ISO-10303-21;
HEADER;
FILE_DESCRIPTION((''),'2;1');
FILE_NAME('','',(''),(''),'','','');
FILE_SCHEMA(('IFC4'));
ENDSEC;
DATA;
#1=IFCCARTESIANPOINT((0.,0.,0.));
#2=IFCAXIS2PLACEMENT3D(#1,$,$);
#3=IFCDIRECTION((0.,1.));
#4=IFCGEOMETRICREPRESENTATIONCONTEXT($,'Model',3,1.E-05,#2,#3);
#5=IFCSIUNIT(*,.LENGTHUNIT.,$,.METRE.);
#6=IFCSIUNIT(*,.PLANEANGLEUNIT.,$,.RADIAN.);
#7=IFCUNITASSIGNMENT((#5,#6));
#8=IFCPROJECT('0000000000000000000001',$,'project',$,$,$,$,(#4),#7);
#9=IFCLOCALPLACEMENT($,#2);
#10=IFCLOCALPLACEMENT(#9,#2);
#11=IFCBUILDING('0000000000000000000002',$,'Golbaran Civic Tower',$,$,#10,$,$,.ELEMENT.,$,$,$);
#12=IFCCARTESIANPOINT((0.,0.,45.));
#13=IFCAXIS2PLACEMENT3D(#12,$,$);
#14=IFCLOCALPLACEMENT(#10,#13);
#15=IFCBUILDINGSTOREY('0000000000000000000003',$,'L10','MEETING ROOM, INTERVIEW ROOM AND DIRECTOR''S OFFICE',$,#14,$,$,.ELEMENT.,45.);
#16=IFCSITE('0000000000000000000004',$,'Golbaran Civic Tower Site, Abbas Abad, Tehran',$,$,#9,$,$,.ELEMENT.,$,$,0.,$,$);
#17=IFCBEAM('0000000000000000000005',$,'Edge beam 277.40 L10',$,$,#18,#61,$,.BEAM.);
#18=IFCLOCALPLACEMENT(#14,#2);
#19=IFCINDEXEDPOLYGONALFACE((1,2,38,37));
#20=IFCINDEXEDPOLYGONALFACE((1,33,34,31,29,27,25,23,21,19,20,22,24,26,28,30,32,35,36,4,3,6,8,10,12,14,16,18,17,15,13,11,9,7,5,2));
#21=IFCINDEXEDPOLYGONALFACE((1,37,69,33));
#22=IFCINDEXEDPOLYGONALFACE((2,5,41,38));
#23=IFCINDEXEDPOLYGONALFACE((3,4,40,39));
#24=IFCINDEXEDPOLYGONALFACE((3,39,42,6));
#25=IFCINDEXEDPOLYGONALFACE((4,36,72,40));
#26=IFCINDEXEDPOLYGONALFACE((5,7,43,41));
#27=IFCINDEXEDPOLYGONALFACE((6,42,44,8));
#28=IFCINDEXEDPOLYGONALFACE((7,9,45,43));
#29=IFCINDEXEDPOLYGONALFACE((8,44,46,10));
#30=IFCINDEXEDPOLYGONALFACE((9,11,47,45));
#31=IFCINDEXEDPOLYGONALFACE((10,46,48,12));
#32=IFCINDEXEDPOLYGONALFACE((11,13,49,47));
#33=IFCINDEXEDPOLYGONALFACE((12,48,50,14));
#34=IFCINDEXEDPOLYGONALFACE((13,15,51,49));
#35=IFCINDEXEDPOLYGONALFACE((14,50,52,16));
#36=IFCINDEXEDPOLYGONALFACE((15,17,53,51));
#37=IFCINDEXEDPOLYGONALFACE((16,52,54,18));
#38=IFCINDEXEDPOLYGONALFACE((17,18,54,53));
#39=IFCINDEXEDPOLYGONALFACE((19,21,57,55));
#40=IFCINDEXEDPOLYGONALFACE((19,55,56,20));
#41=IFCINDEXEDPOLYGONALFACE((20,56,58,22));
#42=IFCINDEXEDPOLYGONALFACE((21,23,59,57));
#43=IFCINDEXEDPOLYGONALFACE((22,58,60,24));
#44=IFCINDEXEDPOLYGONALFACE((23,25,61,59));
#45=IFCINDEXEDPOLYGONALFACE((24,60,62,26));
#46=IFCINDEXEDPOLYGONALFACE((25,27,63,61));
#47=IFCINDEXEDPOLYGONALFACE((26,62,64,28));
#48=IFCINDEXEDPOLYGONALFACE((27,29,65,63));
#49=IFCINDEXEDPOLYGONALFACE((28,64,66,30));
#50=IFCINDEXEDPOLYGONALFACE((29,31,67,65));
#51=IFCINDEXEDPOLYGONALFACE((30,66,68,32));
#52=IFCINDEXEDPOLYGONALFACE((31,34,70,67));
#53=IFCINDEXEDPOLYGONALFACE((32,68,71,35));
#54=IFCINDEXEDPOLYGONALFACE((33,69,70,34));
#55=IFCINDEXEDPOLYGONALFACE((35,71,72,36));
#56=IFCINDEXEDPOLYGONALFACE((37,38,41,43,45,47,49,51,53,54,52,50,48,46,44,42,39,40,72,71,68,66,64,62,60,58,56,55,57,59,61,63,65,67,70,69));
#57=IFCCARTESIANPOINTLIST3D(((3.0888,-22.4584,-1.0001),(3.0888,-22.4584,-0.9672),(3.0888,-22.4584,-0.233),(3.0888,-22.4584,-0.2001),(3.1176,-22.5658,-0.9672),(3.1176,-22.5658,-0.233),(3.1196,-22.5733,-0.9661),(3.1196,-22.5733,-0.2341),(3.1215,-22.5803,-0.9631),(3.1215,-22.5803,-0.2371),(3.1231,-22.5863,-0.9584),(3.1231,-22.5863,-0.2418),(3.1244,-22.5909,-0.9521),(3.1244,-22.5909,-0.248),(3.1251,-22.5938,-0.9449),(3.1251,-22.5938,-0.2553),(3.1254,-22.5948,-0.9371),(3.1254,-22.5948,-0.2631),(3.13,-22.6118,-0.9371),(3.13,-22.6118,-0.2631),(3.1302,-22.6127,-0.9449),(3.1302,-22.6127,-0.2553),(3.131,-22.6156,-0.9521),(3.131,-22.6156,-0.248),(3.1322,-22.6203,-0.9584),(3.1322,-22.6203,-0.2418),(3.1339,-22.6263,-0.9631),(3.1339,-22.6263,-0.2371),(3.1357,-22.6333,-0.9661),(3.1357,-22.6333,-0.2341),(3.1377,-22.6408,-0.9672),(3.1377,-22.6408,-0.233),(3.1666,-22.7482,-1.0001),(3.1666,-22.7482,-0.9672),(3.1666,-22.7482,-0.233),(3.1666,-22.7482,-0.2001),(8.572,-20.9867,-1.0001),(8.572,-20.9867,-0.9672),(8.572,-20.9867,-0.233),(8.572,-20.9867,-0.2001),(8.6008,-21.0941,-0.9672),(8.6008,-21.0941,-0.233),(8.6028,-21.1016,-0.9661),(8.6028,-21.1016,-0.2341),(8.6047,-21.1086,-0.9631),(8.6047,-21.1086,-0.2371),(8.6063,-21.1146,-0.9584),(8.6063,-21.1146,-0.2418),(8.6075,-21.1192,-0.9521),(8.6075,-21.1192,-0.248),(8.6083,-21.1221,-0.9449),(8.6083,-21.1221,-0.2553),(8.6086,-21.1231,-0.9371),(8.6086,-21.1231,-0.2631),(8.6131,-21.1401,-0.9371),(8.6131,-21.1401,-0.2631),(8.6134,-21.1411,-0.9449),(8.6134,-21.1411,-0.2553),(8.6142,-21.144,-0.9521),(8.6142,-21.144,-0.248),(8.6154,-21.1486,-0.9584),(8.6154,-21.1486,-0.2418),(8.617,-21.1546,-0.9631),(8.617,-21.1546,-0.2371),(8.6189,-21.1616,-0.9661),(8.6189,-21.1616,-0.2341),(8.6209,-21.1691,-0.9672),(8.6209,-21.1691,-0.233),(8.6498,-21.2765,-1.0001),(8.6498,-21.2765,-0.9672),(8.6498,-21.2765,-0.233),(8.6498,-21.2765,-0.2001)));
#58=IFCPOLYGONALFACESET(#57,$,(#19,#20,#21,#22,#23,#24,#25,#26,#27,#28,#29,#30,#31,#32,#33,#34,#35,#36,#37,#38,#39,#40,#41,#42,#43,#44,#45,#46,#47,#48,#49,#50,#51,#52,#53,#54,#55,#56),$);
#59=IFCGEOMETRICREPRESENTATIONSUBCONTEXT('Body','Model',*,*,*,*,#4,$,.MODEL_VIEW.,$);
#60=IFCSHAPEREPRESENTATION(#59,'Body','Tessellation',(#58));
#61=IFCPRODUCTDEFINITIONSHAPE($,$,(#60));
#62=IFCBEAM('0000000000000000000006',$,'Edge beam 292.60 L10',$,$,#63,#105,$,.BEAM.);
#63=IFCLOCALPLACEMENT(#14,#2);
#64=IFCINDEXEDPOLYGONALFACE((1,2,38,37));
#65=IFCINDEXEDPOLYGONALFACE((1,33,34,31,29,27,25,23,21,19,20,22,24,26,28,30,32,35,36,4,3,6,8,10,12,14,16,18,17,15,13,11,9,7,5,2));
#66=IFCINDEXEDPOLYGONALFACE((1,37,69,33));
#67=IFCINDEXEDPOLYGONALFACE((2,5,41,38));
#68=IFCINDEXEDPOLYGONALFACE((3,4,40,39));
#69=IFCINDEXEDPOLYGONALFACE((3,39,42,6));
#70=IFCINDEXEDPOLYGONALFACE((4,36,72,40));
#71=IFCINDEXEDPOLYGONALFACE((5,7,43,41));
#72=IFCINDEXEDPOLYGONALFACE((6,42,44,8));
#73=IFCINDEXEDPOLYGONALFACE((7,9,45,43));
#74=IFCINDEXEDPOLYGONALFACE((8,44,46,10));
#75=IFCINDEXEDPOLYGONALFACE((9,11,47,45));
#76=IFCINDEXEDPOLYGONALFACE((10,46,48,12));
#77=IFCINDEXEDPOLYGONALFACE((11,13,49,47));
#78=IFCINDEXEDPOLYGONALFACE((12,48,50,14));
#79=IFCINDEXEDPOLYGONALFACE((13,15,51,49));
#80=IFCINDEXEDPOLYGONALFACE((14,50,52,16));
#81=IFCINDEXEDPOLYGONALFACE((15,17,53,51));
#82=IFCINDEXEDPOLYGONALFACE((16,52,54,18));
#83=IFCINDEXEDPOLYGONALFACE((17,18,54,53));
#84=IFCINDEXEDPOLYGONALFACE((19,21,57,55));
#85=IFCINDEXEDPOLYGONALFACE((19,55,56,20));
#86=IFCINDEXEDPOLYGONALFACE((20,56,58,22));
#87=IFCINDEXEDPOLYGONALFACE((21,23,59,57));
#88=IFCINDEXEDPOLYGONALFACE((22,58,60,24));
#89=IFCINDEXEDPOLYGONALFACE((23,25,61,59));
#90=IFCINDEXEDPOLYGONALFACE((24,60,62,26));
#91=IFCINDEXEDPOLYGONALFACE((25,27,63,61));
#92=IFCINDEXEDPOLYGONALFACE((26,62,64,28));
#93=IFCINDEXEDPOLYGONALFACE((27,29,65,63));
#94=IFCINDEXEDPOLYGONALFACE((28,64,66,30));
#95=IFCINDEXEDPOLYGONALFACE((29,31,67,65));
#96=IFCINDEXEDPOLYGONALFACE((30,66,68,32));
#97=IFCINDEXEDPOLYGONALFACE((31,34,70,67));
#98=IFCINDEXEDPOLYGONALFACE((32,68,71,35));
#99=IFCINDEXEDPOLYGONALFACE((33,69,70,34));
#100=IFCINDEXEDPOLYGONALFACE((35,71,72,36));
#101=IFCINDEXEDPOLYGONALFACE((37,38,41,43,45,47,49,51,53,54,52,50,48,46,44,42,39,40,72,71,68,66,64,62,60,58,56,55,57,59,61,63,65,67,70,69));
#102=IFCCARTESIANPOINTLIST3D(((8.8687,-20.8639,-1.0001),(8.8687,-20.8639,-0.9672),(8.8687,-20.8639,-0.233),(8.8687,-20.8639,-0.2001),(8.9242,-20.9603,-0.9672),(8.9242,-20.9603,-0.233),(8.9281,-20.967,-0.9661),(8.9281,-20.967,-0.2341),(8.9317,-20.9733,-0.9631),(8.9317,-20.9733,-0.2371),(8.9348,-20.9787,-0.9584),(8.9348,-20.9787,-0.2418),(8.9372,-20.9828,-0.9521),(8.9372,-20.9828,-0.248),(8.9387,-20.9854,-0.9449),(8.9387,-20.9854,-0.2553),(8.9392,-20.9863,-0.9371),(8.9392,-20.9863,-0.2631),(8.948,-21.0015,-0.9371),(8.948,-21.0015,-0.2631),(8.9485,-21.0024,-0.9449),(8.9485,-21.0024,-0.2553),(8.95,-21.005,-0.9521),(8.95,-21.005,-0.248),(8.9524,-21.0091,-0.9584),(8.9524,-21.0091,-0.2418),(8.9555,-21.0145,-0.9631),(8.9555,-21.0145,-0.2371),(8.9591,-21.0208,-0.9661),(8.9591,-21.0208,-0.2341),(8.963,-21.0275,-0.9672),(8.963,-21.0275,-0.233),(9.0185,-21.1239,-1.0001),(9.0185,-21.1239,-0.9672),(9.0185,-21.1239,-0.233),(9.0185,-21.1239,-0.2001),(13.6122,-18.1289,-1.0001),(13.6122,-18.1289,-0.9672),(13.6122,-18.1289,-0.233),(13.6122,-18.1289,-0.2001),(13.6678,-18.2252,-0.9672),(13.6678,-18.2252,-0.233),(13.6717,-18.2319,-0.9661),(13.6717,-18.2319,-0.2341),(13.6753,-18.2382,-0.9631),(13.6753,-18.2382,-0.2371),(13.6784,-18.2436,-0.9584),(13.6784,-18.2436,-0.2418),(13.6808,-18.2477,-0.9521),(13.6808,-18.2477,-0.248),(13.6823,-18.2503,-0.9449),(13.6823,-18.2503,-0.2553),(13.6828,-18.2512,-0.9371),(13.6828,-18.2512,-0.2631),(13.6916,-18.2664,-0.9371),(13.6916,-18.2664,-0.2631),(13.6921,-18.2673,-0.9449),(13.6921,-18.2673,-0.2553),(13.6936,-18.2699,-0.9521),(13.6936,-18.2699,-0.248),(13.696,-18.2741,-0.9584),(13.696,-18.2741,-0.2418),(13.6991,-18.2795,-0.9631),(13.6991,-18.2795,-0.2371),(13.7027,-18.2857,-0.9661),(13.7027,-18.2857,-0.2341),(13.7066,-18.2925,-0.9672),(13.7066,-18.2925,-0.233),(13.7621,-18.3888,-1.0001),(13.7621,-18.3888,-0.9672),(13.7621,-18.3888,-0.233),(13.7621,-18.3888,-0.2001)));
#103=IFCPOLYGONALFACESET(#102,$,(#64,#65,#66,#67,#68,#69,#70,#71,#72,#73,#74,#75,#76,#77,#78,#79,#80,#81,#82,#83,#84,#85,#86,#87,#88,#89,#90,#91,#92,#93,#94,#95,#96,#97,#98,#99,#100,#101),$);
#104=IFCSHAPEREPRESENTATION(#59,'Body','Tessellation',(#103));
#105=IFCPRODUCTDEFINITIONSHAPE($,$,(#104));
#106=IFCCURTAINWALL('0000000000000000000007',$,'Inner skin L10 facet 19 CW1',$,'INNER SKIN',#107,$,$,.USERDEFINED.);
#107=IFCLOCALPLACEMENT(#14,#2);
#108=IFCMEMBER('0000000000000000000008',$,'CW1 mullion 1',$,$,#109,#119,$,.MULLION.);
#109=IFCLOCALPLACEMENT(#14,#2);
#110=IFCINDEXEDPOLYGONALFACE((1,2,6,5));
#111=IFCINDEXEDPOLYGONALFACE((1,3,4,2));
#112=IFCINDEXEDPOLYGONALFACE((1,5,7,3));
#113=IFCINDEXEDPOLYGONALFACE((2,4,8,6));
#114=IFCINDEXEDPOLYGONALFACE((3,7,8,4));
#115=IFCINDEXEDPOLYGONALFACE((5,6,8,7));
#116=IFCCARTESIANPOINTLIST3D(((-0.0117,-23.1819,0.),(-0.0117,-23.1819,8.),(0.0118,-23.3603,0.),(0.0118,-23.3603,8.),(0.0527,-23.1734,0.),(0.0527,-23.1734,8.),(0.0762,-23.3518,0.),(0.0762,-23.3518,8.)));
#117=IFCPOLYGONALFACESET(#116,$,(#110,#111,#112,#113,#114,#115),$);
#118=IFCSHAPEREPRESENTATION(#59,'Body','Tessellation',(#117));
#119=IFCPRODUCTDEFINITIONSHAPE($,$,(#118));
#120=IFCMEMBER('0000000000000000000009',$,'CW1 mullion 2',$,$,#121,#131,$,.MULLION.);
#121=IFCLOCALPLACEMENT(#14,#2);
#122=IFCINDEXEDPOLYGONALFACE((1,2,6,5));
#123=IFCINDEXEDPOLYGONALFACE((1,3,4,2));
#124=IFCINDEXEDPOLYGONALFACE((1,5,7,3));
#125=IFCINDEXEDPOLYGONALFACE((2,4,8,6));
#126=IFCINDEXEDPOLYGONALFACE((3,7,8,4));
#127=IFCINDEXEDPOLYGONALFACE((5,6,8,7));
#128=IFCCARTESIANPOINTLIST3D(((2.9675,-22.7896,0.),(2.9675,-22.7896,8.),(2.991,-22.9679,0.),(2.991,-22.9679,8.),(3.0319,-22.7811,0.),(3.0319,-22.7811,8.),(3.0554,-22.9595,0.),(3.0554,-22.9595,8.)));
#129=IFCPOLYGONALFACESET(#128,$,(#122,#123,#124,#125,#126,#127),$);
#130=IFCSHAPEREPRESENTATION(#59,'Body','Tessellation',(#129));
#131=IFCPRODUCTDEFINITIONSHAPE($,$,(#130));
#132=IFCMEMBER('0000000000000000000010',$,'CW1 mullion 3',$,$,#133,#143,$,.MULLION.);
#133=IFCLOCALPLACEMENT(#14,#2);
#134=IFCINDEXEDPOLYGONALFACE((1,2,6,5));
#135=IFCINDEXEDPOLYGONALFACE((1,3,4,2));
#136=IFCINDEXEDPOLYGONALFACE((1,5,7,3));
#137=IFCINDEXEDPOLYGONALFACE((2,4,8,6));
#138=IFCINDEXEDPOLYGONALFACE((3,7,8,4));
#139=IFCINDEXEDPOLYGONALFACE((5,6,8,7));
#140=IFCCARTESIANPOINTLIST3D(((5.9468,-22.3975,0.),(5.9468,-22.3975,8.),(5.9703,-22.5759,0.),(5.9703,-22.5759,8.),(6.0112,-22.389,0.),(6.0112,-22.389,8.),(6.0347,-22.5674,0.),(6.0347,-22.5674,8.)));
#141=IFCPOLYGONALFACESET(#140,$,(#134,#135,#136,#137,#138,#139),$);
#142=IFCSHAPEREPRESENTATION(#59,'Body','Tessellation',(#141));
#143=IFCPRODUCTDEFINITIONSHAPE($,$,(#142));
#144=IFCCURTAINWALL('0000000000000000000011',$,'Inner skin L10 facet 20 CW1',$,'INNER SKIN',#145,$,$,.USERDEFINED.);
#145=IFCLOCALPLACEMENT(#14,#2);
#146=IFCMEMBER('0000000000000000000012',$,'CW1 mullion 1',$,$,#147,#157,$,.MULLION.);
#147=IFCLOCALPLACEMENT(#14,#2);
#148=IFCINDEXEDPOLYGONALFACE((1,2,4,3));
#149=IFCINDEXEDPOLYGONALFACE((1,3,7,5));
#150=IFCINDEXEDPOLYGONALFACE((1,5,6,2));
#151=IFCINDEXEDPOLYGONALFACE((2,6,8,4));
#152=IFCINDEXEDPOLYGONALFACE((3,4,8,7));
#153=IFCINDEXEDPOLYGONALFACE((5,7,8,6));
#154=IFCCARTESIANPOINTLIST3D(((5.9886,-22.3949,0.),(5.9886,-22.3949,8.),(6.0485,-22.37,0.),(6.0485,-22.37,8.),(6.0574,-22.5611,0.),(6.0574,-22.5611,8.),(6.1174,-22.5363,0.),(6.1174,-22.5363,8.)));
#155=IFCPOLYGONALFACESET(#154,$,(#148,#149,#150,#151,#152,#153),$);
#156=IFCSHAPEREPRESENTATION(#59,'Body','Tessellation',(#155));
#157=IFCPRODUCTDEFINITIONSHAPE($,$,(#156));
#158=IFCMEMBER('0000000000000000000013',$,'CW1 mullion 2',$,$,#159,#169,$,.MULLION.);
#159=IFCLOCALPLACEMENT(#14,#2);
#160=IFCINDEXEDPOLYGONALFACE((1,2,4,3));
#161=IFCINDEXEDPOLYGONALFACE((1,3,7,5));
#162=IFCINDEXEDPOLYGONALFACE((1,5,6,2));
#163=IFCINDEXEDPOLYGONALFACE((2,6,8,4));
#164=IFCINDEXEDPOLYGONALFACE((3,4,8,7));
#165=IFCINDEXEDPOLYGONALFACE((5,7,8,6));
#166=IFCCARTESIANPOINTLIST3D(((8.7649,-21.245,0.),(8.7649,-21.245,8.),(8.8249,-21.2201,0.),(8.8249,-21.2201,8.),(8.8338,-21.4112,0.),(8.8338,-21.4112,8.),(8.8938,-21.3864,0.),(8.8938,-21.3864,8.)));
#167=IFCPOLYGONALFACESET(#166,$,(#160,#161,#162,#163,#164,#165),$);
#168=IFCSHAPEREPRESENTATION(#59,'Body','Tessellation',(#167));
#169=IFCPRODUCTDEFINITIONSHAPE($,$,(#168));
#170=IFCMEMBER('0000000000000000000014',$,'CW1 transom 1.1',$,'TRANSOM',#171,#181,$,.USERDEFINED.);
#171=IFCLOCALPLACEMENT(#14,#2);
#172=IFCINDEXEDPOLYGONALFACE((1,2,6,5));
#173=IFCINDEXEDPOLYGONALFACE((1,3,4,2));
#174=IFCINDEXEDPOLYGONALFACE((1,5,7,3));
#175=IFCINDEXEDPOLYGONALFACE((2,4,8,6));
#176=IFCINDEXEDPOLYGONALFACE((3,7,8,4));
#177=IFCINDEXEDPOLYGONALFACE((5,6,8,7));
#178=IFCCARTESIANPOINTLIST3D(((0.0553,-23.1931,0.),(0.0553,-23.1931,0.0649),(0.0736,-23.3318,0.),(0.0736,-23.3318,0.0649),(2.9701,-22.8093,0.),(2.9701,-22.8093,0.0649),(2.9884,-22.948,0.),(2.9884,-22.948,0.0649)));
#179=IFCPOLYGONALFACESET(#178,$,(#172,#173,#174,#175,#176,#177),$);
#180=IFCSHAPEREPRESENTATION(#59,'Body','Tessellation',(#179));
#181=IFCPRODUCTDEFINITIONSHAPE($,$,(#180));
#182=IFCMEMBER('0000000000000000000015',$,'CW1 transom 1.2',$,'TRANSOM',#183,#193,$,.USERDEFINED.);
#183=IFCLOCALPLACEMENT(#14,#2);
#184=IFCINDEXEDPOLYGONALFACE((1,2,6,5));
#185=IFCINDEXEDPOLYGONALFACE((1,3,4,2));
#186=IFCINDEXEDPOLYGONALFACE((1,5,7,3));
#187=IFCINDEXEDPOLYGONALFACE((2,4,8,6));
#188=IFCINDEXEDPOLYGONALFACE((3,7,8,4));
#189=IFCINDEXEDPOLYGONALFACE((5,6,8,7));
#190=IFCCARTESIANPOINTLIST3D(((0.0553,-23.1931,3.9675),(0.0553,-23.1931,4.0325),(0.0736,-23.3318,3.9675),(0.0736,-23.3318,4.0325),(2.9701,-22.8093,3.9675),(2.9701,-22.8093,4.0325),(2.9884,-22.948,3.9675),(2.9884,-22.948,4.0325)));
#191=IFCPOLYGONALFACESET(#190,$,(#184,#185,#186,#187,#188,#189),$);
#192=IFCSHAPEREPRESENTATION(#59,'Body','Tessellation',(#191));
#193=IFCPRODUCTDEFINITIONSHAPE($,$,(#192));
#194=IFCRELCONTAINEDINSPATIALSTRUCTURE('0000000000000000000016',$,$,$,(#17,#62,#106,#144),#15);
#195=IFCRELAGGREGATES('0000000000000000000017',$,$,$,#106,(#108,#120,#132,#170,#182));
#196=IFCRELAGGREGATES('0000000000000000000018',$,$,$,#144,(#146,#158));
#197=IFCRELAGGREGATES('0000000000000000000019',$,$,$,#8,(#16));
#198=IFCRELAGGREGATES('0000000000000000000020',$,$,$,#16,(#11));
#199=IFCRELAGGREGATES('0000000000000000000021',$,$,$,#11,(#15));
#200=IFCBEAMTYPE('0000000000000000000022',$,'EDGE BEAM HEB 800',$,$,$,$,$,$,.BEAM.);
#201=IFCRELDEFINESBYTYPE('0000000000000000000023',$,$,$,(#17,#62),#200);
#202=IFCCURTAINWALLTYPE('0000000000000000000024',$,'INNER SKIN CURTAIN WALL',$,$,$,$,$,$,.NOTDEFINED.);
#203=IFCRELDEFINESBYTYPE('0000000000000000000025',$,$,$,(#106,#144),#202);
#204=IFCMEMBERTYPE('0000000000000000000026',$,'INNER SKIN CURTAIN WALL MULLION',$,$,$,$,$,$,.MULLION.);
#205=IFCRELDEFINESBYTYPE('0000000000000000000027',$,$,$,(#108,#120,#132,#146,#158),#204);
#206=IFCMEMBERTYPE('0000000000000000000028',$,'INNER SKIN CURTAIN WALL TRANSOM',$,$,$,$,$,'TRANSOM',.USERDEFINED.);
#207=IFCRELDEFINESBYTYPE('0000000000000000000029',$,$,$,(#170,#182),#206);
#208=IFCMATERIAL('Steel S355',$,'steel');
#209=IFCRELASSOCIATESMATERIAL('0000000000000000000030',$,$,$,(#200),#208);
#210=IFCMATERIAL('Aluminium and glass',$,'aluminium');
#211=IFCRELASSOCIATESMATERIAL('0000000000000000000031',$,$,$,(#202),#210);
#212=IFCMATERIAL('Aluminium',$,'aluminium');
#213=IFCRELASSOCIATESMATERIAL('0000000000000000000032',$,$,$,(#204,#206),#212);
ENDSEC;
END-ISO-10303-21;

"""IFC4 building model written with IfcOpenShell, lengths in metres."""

from ifc_helpers import new_model, si_unit, direction, frame, origin, origin_2d, place, context, subcontext, project, spatial, rectangle, i_section, extrude, material, material_profile, profile_set, type_object, element, aggregate, save


model = new_model("IFC4")

# Units and contexts
model_context = context("Model", 3, precision=1e-05, world=origin(), true_north=direction((0.0, 1.0)))
body_context = subcontext(model_context, "Body", "Model", "MODEL_VIEW")
ifc_project = project(units=[si_unit("LENGTHUNIT", "METRE"), si_unit("PLANEANGLEUNIT", "RADIAN")], contexts=[model_context])

# Site, building, storey
site_placement = place(None, origin())
site = spatial("IfcSite", under=ifc_project, at=site_placement, Name="Golbaran Civic Tower Site, Abbas Abad, Tehran", CompositionType="ELEMENT", RefElevation=0.0)
building_placement = place(site_placement, origin())
building = spatial("IfcBuilding", under=site, at=building_placement, Name="Golbaran Civic Tower", CompositionType="ELEMENT")
storey_placement = place(building_placement, frame((0.0, 0.0, 45.0)))
storey = spatial("IfcBuildingStorey", under=building, at=storey_placement, Name="L10", Description="MEETING ROOM, INTERVIEW ROOM AND DIRECTOR'S OFFICE", CompositionType="ELEMENT", Elevation=45.0)

# Beams
ifc_material_1 = material(Name="Steel S355", Category="steel")
ifc_material_profile_1 = material_profile(ifc_material_1, i_section(OverallWidth=0.3, OverallDepth=0.8, WebThickness=0.0176, FlangeThickness=0.033, FilletRadius=0.03, at=origin_2d()), Name="HEB 800")
ifc_profile_set_1 = profile_set([ifc_material_profile_1], Name="Steel S355")
beam_type = type_object("IfcBeamType", Name="EDGE BEAM HEB 800", PredefinedType="BEAM", material=ifc_profile_set_1)
beam_1_placement = place(storey_placement, frame((3.1277, -22.6033, -0.6001), z_axis=(0.965817, 0.259225, 0.0), x_axis=(-0.259225, 0.965817, 0.0)))
element("IfcBeam", 1, at=beam_1_placement, inside=storey, type_object=beam_type, Name="Edge beam 277.40 L10", PredefinedType="BEAM", context=body_context, shape_type="SweptSolid", body=[
    extrude(i_section(OverallWidth=0.3, OverallDepth=0.8, WebThickness=0.0176, FlangeThickness=0.033, FilletRadius=0.03, at=origin_2d()), origin(), (0.0, 0.0, 1.0), 5.6772),
])
beam_2_placement = place(storey_placement, frame((8.9436, -20.9939, -0.6001), z_axis=(0.866313, 0.499501, 0.0), x_axis=(-0.499501, 0.866313, 0.0)))
element("IfcBeam", 2, at=beam_2_placement, inside=storey, type_object=beam_type, Name="Edge beam 292.60 L10", PredefinedType="BEAM", context=body_context, shape_type="SweptSolid", body=[
    extrude(i_section(OverallWidth=0.3, OverallDepth=0.8, WebThickness=0.0176, FlangeThickness=0.033, FilletRadius=0.03, at=origin_2d()), origin(), (0.0, 0.0, 1.0), 5.4756),
])

# Curtain walls, members
ifc_material_2 = material(Name="Aluminium and glass", Category="aluminium")
curtain_wall_type = type_object("IfcCurtainWallType", Name="INNER SKIN CURTAIN WALL", PredefinedType="NOTDEFINED", material=ifc_material_2)
curtain_wall_1_placement = place(storey_placement, origin())
curtain_wall_1 = element("IfcCurtainWall", 3, at=curtain_wall_1_placement, inside=storey, type_object=curtain_wall_type, Name="Inner skin L10 facet 19 CW1", ObjectType="INNER SKIN", PredefinedType="USERDEFINED")
ifc_material_3 = material(Name="Aluminium", Category="aluminium")
ifc_material_profile_2 = material_profile(ifc_material_3, rectangle(XDim=0.1799, YDim=0.0649, at=origin_2d()), Name="INNER SKIN CURTAIN WALL MULLION")
ifc_profile_set_2 = profile_set([ifc_material_profile_2], Name="Aluminium")
member_type_1 = type_object("IfcMemberType", Name="INNER SKIN CURTAIN WALL MULLION", PredefinedType="MULLION", material=ifc_profile_set_2)
member_1_placement = place(storey_placement, frame((0.0322, -23.2668, 0.0), z_axis=(0.0, 0.0, 1.0), x_axis=(-0.130526, 0.991445, 0.0)))
member_1 = element("IfcMember", 4, at=member_1_placement, type_object=member_type_1, Name="CW1 mullion 1", PredefinedType="MULLION", context=body_context, shape_type="SweptSolid", body=[
    extrude(rectangle(XDim=0.1799, YDim=0.0649, at=origin_2d()), origin(), (0.0, 0.0, 1.0), 8.0),
])
member_2_placement = place(storey_placement, frame((3.0115, -22.8745, 0.0), z_axis=(0.0, 0.0, 1.0), x_axis=(-0.130526, 0.991445, 0.0)))
member_2 = element("IfcMember", 5, at=member_2_placement, type_object=member_type_1, Name="CW1 mullion 2", PredefinedType="MULLION", context=body_context, shape_type="SweptSolid", body=[
    extrude(rectangle(XDim=0.1799, YDim=0.0649, at=origin_2d()), origin(), (0.0, 0.0, 1.0), 8.0),
])
member_3_placement = place(storey_placement, frame((5.9907, -22.4824, 0.0), z_axis=(0.0, 0.0, 1.0), x_axis=(-0.130526, 0.991445, 0.0)))
member_3 = element("IfcMember", 6, at=member_3_placement, type_object=member_type_1, Name="CW1 mullion 3", PredefinedType="MULLION", context=body_context, shape_type="SweptSolid", body=[
    extrude(rectangle(XDim=0.1799, YDim=0.0649, at=origin_2d()), origin(), (0.0, 0.0, 1.0), 8.0),
])
curtain_wall_2_placement = place(storey_placement, origin())
curtain_wall_2 = element("IfcCurtainWall", 7, at=curtain_wall_2_placement, inside=storey, type_object=curtain_wall_type, Name="Inner skin L10 facet 20 CW1", ObjectType="INNER SKIN", PredefinedType="USERDEFINED")
member_4_placement = place(storey_placement, frame((6.053, -22.4656, 0.0), z_axis=(0.0, 0.0, 1.0), x_axis=(-0.382683, 0.92388, 0.0)))
member_4 = element("IfcMember", 8, at=member_4_placement, type_object=member_type_1, Name="CW1 mullion 1", PredefinedType="MULLION", context=body_context, shape_type="SweptSolid", body=[
    extrude(rectangle(XDim=0.1799, YDim=0.0649, at=origin_2d()), origin(), (0.0, 0.0, 1.0), 8.0),
])
member_5_placement = place(storey_placement, frame((8.8293, -21.3157, 0.0), z_axis=(0.0, 0.0, 1.0), x_axis=(-0.382683, 0.92388, 0.0)))
member_5 = element("IfcMember", 9, at=member_5_placement, type_object=member_type_1, Name="CW1 mullion 2", PredefinedType="MULLION", context=body_context, shape_type="SweptSolid", body=[
    extrude(rectangle(XDim=0.1799, YDim=0.0649, at=origin_2d()), origin(), (0.0, 0.0, 1.0), 8.0),
])

# Members
ifc_material_profile_3 = material_profile(ifc_material_3, rectangle(XDim=0.1399, YDim=0.0649, at=origin_2d()), Name="INNER SKIN CURTAIN WALL TRANSOM")
ifc_profile_set_3 = profile_set([ifc_material_profile_3], Name="Aluminium")
member_type_2 = type_object("IfcMemberType", Name="INNER SKIN CURTAIN WALL TRANSOM", ElementType="TRANSOM", PredefinedType="USERDEFINED", material=ifc_profile_set_3)
member_6_placement = place(storey_placement, frame((0.0645, -23.2625, 0.0325), z_axis=(0.991443, 0.130543, 0.0), x_axis=(-0.130543, 0.991443, 0.0)))
member_6 = element("IfcMember", 10, at=member_6_placement, type_object=member_type_2, Name="CW1 transom 1.1", ObjectType="TRANSOM", PredefinedType="USERDEFINED", context=body_context, shape_type="SweptSolid", body=[
    extrude(rectangle(XDim=0.1399, YDim=0.0649, at=origin_2d()), origin(), (0.0, 0.0, 1.0), 2.9399),
])
member_7_placement = place(storey_placement, frame((0.0645, -23.2625, 4.0), z_axis=(0.991443, 0.130543, 0.0), x_axis=(-0.130543, 0.991443, 0.0)))
member_7 = element("IfcMember", 11, at=member_7_placement, type_object=member_type_2, Name="CW1 transom 1.2", ObjectType="TRANSOM", PredefinedType="USERDEFINED", context=body_context, shape_type="SweptSolid", body=[
    extrude(rectangle(XDim=0.1399, YDim=0.0649, at=origin_2d()), origin(), (0.0, 0.0, 1.0), 2.9399),
])

aggregate(curtain_wall_1, [member_1, member_2, member_3, member_6, member_7])
aggregate(curtain_wall_2, [member_4, member_5])

save(model, "model.ifc")
